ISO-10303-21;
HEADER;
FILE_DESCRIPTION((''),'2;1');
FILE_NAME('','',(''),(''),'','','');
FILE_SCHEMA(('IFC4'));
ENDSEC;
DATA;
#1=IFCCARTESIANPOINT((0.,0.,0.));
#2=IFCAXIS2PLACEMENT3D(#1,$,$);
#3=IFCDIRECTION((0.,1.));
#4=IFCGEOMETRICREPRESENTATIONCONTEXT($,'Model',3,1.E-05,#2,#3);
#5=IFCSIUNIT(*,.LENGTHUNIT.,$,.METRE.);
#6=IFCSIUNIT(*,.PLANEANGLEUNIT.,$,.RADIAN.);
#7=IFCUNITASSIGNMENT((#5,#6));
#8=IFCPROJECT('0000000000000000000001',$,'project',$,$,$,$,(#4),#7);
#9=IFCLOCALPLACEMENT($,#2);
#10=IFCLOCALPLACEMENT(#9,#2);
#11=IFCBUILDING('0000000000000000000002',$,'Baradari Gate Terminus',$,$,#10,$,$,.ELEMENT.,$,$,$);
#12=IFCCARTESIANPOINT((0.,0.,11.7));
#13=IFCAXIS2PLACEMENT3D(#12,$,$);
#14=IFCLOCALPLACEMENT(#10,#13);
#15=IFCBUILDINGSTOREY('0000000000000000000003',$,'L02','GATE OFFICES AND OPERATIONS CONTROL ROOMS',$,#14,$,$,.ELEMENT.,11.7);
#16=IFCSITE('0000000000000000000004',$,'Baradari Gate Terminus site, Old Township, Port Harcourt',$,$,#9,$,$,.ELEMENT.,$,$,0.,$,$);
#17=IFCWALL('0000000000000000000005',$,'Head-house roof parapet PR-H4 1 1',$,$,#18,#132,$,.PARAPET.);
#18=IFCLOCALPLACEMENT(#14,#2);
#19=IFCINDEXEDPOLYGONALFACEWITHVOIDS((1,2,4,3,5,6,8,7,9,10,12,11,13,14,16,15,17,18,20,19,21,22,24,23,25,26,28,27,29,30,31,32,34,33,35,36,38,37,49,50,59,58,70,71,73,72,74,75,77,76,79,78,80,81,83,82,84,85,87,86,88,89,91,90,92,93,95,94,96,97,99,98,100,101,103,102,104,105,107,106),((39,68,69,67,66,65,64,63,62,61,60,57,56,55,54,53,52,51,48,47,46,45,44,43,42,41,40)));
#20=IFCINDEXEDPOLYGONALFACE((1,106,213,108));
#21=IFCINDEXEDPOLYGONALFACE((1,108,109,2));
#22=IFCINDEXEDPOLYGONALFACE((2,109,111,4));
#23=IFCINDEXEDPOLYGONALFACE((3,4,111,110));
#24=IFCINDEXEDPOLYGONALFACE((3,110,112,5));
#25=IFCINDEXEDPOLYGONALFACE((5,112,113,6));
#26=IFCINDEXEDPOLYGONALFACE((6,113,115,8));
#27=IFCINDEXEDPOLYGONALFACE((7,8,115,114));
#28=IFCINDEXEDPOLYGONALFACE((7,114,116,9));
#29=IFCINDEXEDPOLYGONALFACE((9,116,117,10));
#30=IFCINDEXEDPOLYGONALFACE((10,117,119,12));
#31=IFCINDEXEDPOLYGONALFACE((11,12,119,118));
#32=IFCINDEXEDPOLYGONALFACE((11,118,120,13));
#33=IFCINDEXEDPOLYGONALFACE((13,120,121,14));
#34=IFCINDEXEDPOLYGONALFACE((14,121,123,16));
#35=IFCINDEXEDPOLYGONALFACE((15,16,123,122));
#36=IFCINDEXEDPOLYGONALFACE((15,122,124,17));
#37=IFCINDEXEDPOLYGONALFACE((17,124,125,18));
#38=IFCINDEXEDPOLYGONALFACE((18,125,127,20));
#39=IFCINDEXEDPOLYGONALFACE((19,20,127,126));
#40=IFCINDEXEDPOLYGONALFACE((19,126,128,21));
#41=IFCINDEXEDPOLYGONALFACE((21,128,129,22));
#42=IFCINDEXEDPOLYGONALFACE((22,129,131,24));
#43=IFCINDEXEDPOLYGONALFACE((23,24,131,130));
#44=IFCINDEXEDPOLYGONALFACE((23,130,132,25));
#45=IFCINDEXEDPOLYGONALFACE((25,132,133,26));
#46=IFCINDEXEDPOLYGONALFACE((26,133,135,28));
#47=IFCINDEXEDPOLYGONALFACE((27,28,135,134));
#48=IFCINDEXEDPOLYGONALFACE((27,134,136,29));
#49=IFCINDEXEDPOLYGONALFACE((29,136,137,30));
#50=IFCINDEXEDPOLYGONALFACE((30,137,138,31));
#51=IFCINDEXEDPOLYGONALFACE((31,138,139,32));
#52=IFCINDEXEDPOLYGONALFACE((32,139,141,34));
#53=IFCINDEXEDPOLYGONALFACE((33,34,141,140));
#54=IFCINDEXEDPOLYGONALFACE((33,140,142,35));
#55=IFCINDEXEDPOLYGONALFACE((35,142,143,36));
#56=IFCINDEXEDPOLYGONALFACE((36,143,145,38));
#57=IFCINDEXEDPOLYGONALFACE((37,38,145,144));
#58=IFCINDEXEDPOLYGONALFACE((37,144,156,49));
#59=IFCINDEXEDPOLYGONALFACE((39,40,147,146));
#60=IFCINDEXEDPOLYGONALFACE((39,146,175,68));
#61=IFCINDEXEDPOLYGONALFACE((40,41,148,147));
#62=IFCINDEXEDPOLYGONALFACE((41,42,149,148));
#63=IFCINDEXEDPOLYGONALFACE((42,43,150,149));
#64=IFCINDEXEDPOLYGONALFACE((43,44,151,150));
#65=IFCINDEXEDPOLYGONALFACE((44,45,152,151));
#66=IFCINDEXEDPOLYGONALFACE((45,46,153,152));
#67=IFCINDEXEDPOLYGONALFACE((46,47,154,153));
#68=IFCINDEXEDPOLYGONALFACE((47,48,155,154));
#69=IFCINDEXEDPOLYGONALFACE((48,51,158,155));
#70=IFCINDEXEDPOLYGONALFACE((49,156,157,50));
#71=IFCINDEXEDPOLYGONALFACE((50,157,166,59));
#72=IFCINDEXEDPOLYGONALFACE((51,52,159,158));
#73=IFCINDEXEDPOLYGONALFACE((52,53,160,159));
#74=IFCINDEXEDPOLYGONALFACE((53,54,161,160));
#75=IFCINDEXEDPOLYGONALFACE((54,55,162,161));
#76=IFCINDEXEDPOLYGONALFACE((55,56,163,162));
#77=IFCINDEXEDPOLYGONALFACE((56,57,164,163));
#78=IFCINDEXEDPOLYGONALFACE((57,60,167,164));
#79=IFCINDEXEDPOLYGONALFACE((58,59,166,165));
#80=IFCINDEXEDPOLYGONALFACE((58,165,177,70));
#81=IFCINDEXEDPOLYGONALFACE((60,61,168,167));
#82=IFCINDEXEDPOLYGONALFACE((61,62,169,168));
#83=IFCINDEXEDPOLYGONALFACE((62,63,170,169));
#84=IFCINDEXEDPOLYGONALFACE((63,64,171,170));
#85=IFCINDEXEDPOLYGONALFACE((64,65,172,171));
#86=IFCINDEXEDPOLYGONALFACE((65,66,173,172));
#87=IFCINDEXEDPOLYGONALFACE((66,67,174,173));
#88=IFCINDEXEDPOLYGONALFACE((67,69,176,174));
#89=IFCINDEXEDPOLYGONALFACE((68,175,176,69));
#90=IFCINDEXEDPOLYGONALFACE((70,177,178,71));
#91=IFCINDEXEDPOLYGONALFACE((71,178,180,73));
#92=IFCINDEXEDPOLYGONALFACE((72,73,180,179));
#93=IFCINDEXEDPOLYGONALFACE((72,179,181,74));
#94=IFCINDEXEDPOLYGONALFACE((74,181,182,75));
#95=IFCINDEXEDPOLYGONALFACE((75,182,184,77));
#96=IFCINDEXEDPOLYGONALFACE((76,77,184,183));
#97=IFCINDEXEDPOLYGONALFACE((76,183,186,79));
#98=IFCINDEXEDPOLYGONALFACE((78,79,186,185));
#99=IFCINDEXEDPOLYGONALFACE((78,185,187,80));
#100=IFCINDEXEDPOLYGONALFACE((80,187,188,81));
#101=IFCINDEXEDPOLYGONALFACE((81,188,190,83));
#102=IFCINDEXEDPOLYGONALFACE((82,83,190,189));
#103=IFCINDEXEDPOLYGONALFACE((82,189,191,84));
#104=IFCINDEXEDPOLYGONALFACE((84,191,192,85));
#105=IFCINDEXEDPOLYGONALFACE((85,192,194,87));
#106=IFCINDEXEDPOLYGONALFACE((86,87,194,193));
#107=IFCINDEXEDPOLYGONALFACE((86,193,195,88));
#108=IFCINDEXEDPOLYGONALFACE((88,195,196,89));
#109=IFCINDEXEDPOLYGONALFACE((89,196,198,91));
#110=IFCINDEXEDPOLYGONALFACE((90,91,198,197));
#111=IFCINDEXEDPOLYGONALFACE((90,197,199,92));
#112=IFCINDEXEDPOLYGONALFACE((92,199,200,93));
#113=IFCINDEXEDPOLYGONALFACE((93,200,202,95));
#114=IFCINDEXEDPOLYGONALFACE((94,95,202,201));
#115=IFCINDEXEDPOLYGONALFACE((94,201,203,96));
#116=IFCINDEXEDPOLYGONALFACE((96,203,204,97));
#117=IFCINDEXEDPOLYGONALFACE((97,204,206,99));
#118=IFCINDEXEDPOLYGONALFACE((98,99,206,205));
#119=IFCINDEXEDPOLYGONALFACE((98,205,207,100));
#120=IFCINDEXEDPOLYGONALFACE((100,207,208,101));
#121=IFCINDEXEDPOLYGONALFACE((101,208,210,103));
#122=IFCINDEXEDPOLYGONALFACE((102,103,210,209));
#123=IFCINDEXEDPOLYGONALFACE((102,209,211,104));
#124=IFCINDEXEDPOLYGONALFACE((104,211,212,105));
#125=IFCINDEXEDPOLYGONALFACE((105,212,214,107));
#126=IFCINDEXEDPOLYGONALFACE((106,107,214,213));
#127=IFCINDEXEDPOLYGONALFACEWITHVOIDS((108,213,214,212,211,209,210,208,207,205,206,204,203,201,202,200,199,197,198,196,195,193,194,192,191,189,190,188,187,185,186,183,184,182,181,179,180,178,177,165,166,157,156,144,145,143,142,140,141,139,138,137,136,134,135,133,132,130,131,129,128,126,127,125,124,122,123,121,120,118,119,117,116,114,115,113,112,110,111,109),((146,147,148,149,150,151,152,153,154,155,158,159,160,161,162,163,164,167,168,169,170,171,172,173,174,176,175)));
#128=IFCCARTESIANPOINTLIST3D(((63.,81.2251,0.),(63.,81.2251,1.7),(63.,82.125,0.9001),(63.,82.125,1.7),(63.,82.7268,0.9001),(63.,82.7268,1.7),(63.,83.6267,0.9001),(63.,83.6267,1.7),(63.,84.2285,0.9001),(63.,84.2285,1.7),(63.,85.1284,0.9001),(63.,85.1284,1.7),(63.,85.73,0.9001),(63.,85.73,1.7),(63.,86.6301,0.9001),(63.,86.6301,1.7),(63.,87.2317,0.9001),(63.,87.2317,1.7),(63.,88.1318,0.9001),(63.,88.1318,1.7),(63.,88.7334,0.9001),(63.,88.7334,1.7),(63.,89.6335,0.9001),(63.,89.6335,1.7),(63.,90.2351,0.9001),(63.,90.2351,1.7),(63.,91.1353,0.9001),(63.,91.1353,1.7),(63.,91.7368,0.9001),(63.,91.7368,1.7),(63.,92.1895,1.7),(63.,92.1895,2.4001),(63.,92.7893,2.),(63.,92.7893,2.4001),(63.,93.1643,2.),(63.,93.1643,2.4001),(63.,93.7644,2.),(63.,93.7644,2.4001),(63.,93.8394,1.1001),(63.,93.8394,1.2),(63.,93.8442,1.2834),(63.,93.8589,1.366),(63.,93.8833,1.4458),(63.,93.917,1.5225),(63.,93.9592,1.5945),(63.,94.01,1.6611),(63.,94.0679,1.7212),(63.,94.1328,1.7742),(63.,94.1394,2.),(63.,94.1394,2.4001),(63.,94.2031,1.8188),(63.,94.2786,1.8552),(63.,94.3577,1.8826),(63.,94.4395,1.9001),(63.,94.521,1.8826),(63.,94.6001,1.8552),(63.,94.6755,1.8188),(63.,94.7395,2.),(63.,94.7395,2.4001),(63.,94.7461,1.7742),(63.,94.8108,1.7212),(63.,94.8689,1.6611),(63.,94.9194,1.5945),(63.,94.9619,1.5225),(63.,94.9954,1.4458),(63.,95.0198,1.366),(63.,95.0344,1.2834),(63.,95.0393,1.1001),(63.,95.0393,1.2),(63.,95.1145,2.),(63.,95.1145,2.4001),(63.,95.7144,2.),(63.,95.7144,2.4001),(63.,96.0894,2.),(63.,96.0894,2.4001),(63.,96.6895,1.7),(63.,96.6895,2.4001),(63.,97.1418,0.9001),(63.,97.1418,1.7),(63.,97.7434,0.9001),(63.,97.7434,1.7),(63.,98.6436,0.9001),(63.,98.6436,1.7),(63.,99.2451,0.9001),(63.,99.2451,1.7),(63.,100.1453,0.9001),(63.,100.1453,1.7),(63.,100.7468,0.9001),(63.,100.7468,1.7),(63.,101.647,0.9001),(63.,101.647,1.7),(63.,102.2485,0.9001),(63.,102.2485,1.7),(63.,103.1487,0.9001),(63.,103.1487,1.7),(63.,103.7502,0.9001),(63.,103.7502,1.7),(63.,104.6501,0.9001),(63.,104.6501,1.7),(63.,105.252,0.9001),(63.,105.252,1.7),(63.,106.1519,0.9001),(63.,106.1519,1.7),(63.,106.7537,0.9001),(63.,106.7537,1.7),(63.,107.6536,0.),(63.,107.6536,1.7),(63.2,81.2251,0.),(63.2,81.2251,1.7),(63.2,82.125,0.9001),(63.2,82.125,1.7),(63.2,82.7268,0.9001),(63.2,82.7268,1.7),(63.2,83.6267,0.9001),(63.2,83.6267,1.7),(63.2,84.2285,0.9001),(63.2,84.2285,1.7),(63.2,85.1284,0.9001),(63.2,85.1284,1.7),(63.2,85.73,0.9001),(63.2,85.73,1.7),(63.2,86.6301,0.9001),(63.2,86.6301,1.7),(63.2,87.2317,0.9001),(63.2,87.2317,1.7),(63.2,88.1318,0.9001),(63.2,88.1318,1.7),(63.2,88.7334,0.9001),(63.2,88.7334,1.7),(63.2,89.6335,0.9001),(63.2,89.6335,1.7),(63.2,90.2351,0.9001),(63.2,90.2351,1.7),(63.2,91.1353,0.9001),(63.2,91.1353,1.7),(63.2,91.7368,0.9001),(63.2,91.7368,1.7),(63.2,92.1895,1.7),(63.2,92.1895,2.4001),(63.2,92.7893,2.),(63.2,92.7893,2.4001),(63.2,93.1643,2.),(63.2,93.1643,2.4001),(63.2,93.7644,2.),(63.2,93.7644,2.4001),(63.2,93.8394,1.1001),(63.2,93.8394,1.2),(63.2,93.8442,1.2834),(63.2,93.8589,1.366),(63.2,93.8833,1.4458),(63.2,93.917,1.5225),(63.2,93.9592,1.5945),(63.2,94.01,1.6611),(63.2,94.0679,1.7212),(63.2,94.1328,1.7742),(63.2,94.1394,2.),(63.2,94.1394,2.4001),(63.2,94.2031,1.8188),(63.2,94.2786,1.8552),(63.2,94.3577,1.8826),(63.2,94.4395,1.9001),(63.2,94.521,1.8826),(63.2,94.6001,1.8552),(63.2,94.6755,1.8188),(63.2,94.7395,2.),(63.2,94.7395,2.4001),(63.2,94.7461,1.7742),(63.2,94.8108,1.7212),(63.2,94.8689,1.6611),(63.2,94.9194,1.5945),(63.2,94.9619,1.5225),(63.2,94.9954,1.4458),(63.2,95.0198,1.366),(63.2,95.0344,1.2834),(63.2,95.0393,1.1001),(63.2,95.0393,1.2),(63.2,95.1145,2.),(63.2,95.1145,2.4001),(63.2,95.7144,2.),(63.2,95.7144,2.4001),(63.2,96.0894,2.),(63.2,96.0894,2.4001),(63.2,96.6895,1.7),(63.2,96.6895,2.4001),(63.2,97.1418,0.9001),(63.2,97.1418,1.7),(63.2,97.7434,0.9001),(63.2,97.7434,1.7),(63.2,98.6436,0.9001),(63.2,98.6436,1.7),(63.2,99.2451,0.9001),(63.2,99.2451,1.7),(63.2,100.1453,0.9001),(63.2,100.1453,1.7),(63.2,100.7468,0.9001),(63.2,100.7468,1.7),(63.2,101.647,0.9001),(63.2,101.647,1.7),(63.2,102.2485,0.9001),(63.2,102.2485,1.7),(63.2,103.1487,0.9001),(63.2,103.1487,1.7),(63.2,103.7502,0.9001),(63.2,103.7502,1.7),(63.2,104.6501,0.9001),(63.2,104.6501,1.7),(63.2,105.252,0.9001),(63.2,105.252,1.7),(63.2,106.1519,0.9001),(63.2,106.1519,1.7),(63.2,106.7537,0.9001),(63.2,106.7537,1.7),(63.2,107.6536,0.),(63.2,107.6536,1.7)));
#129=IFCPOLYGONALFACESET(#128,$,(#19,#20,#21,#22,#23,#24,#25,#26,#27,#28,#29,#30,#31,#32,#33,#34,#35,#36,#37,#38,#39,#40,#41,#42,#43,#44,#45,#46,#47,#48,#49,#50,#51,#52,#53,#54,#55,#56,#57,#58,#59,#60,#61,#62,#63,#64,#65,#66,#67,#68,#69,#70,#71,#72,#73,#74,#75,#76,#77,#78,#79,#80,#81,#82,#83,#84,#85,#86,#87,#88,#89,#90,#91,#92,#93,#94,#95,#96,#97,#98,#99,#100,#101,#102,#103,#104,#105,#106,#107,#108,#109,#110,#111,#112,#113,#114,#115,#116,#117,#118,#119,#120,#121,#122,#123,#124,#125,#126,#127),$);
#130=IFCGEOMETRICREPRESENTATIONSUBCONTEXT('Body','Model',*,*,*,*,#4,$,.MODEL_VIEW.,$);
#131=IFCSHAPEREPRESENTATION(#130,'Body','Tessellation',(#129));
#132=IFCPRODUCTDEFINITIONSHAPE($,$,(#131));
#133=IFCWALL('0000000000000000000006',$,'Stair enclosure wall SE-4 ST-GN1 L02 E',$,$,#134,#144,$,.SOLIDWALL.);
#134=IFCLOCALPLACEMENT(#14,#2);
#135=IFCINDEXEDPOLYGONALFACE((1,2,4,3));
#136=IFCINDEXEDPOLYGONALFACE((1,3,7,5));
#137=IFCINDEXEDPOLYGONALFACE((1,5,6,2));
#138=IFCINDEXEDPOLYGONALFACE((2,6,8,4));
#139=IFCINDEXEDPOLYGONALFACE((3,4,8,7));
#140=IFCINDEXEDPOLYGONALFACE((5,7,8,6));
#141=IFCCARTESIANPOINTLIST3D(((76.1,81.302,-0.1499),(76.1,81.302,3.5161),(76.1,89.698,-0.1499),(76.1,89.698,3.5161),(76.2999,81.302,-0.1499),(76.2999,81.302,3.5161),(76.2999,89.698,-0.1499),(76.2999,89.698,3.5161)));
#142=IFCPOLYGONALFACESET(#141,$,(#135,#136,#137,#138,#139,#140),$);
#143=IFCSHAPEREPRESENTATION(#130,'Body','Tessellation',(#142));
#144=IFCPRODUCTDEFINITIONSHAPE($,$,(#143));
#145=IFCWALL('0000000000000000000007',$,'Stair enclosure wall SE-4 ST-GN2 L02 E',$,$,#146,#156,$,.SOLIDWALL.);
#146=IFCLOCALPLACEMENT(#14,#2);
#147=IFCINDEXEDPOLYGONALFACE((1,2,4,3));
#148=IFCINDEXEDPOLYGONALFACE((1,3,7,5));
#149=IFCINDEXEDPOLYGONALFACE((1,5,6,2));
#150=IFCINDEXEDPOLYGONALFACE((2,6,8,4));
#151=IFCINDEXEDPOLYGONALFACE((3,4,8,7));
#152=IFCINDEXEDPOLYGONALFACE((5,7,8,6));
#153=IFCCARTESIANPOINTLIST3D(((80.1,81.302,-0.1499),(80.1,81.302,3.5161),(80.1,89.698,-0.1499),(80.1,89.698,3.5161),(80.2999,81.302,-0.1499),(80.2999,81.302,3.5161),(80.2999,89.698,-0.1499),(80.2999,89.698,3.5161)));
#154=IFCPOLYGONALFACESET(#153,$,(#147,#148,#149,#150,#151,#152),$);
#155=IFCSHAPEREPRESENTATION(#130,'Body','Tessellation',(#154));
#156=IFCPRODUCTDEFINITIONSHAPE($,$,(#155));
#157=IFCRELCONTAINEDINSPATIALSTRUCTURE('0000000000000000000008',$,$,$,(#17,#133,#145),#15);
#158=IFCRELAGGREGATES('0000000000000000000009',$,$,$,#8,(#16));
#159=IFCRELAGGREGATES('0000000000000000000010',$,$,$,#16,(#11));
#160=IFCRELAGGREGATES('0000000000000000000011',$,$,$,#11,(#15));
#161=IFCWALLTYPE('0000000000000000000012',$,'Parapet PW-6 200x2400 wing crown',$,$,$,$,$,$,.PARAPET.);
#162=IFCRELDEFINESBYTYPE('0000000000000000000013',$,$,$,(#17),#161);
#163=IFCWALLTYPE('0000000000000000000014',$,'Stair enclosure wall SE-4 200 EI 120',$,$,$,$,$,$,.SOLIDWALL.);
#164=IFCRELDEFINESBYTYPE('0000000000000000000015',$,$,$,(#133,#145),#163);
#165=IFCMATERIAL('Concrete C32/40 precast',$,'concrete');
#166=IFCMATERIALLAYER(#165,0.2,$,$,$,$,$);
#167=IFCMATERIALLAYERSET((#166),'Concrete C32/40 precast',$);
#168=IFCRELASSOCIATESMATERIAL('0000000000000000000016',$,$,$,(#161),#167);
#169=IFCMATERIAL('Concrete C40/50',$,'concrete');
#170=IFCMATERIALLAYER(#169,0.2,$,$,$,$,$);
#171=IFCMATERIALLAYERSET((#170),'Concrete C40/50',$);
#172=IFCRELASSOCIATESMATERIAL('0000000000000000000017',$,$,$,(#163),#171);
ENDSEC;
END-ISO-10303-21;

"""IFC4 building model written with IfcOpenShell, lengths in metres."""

from ifc_helpers import new_model, si_unit, direction, frame, frame_2d, origin, place, context, subcontext, project, spatial, polyline, rectangle, outline, extrude, material, layer, layer_set, type_object, element, save


model = new_model("IFC4")

# Units and contexts
model_context = context("Model", 3, precision=1e-05, world=origin(), true_north=direction((0.0, 1.0)))
body_context = subcontext(model_context, "Body", "Model", "MODEL_VIEW")
ifc_project = project(units=[si_unit("LENGTHUNIT", "METRE"), si_unit("PLANEANGLEUNIT", "RADIAN")], contexts=[model_context])

# Site, building, storey
site_placement = place(None, origin())
site = spatial("IfcSite", under=ifc_project, at=site_placement, Name="Baradari Gate Terminus site, Old Township, Port Harcourt", CompositionType="ELEMENT", RefElevation=0.0)
building_placement = place(site_placement, origin())
building = spatial("IfcBuilding", under=site, at=building_placement, Name="Baradari Gate Terminus", CompositionType="ELEMENT")
storey_placement = place(building_placement, frame((0.0, 0.0, 11.7)))
storey = spatial("IfcBuildingStorey", under=building, at=storey_placement, Name="L02", Description="GATE OFFICES AND OPERATIONS CONTROL ROOMS", CompositionType="ELEMENT", Elevation=11.7)

# Walls
ifc_material_1 = material(Name="Concrete C32/40 precast", Category="concrete")
ifc_layer_1 = layer(ifc_material_1, 0.2)
ifc_layer_set_1 = layer_set([ifc_layer_1], Name="Concrete C32/40 precast")
wall_type_1 = type_object("IfcWallType", Name="Parapet PW-6 200x2400 wing crown", PredefinedType="PARAPET", material=ifc_layer_set_1)
wall_1_placement = place(storey_placement, frame((63.1001, 81.2251, 0.0), z_axis=(0.0, 0.0, 1.0), x_axis=(0.0, 1.0, 0.0)))
element("IfcWall", 1, at=wall_1_placement, inside=storey, type_object=wall_type_1, Name="Head-house roof parapet PR-H4 1 1", PredefinedType="PARAPET", context=body_context, shape_type="SweptSolid", body=[
    extrude(outline(polyline([(6.9067, 0.9001), (6.9067, 1.7), (6.0066, 1.7), (6.0066, 0.9001), (5.405, 0.9001), (5.405, 1.7), (4.5049, 1.7), (4.5049, 0.9001), (3.9033, 0.9001), (3.9033, 1.7), (3.0034, 1.7), (3.0034, 0.9001), (2.4016, 0.9001), (2.4016, 1.7), (1.5017, 1.7), (1.5017, 0.9001), (0.8999, 0.9001), (0.8999, 1.7), (0.0, 1.7), (0.0, 0.0), (26.4285, 0.0), (26.4285, 1.7), (25.5286, 1.7), (25.5286, 0.9001), (24.9268, 0.9001), (24.9268, 1.7), (24.0269, 1.7), (24.0269, 0.9001), (23.425, 0.9001), (23.425, 1.7), (22.5251, 1.7), (22.5251, 0.9001), (21.9236, 0.9001), (21.9236, 1.7), (21.0234, 1.7), (21.0234, 0.9001), (20.4219, 0.9001), (20.4219, 1.7), (19.5217, 1.7), (19.5217, 0.9001), (18.9202, 0.9001), (18.9202, 1.7), (18.02, 1.7), (18.02, 0.9001), (17.4185, 0.9001), (17.4185, 1.7), (16.5183, 1.7), (16.5183, 0.9001), (15.9167, 0.9001), (15.9167, 1.7), (15.4644, 1.7), (15.4644, 2.4001), (14.8643, 2.4001), (14.8643, 2.0), (14.4893, 2.0), (14.4893, 2.4001), (13.8894, 2.4001), (13.8894, 2.0), (13.5144, 2.0), (13.5144, 2.4001), (12.9143, 2.4001), (12.9143, 2.0), (12.5393, 2.0), (12.5393, 2.4001), (11.9392, 2.4001), (11.9392, 2.0), (11.5642, 2.0), (11.5642, 2.4001), (10.9644, 2.4001), (10.9644, 1.7), (10.5117, 1.7), (10.5117, 0.9001), (9.9102, 0.9001), (9.9102, 1.7), (9.01, 1.7), (9.01, 0.9001), (8.4084, 0.9001), (8.4084, 1.7), (7.5083, 1.7), (7.5083, 0.9001), (6.9067, 0.9001)]), holes=[polyline([(12.6143, 1.1001), (12.6143, 1.2), (12.6191, 1.2834), (12.6338, 1.366), (12.6582, 1.4458), (12.6919, 1.5225), (12.7341, 1.5945), (12.7849, 1.6611), (12.8428, 1.7212), (12.9077, 1.7742), (12.978, 1.8188), (13.0535, 1.8552), (13.1326, 1.8826), (13.2144, 1.9001), (13.2959, 1.8826), (13.375, 1.8552), (13.4504, 1.8188), (13.521, 1.7742), (13.5857, 1.7212), (13.6438, 1.6611), (13.6943, 1.5945), (13.7368, 1.5225), (13.7703, 1.4458), (13.7947, 1.366), (13.8093, 1.2834), (13.8142, 1.2), (13.8142, 1.1001), (12.6143, 1.1001)])]), frame((0.0, 0.1001, 0.0), z_axis=(0.0, -1.0, 0.0), x_axis=(1.0, 0.0, 0.0)), (0.0, 0.0, 1.0), 0.2),
])
ifc_material_2 = material(Name="Concrete C40/50", Category="concrete")
ifc_layer_2 = layer(ifc_material_2, 0.2)
ifc_layer_set_2 = layer_set([ifc_layer_2], Name="Concrete C40/50")
wall_type_2 = type_object("IfcWallType", Name="Stair enclosure wall SE-4 200 EI 120", PredefinedType="SOLIDWALL", material=ifc_layer_set_2)
for number, where, z_axis, x_axis, name in (
    (2, (76.2, 81.302, -0.1499), (0.0, 0.0, 1.0), (0.0, 1.0, 0.0), "Stair enclosure wall SE-4 ST-GN1 L02 E"),
    (3, (80.2, 81.302, -0.1499), (0.0, 0.0, 1.0), (0.0, 1.0, 0.0), "Stair enclosure wall SE-4 ST-GN2 L02 E"),
):
    element("IfcWall", number, at=place(storey_placement, frame(where, z_axis=z_axis, x_axis=x_axis)), inside=storey, type_object=wall_type_2, Name=name, PredefinedType="SOLIDWALL", context=body_context, shape_type="SweptSolid", body=[
        extrude(rectangle(XDim=8.396, YDim=0.2, at=frame_2d((4.198, 0.0))), origin(), (0.0, 0.0, 1.0), 3.666),
    ])

save(model, "model.ifc")
